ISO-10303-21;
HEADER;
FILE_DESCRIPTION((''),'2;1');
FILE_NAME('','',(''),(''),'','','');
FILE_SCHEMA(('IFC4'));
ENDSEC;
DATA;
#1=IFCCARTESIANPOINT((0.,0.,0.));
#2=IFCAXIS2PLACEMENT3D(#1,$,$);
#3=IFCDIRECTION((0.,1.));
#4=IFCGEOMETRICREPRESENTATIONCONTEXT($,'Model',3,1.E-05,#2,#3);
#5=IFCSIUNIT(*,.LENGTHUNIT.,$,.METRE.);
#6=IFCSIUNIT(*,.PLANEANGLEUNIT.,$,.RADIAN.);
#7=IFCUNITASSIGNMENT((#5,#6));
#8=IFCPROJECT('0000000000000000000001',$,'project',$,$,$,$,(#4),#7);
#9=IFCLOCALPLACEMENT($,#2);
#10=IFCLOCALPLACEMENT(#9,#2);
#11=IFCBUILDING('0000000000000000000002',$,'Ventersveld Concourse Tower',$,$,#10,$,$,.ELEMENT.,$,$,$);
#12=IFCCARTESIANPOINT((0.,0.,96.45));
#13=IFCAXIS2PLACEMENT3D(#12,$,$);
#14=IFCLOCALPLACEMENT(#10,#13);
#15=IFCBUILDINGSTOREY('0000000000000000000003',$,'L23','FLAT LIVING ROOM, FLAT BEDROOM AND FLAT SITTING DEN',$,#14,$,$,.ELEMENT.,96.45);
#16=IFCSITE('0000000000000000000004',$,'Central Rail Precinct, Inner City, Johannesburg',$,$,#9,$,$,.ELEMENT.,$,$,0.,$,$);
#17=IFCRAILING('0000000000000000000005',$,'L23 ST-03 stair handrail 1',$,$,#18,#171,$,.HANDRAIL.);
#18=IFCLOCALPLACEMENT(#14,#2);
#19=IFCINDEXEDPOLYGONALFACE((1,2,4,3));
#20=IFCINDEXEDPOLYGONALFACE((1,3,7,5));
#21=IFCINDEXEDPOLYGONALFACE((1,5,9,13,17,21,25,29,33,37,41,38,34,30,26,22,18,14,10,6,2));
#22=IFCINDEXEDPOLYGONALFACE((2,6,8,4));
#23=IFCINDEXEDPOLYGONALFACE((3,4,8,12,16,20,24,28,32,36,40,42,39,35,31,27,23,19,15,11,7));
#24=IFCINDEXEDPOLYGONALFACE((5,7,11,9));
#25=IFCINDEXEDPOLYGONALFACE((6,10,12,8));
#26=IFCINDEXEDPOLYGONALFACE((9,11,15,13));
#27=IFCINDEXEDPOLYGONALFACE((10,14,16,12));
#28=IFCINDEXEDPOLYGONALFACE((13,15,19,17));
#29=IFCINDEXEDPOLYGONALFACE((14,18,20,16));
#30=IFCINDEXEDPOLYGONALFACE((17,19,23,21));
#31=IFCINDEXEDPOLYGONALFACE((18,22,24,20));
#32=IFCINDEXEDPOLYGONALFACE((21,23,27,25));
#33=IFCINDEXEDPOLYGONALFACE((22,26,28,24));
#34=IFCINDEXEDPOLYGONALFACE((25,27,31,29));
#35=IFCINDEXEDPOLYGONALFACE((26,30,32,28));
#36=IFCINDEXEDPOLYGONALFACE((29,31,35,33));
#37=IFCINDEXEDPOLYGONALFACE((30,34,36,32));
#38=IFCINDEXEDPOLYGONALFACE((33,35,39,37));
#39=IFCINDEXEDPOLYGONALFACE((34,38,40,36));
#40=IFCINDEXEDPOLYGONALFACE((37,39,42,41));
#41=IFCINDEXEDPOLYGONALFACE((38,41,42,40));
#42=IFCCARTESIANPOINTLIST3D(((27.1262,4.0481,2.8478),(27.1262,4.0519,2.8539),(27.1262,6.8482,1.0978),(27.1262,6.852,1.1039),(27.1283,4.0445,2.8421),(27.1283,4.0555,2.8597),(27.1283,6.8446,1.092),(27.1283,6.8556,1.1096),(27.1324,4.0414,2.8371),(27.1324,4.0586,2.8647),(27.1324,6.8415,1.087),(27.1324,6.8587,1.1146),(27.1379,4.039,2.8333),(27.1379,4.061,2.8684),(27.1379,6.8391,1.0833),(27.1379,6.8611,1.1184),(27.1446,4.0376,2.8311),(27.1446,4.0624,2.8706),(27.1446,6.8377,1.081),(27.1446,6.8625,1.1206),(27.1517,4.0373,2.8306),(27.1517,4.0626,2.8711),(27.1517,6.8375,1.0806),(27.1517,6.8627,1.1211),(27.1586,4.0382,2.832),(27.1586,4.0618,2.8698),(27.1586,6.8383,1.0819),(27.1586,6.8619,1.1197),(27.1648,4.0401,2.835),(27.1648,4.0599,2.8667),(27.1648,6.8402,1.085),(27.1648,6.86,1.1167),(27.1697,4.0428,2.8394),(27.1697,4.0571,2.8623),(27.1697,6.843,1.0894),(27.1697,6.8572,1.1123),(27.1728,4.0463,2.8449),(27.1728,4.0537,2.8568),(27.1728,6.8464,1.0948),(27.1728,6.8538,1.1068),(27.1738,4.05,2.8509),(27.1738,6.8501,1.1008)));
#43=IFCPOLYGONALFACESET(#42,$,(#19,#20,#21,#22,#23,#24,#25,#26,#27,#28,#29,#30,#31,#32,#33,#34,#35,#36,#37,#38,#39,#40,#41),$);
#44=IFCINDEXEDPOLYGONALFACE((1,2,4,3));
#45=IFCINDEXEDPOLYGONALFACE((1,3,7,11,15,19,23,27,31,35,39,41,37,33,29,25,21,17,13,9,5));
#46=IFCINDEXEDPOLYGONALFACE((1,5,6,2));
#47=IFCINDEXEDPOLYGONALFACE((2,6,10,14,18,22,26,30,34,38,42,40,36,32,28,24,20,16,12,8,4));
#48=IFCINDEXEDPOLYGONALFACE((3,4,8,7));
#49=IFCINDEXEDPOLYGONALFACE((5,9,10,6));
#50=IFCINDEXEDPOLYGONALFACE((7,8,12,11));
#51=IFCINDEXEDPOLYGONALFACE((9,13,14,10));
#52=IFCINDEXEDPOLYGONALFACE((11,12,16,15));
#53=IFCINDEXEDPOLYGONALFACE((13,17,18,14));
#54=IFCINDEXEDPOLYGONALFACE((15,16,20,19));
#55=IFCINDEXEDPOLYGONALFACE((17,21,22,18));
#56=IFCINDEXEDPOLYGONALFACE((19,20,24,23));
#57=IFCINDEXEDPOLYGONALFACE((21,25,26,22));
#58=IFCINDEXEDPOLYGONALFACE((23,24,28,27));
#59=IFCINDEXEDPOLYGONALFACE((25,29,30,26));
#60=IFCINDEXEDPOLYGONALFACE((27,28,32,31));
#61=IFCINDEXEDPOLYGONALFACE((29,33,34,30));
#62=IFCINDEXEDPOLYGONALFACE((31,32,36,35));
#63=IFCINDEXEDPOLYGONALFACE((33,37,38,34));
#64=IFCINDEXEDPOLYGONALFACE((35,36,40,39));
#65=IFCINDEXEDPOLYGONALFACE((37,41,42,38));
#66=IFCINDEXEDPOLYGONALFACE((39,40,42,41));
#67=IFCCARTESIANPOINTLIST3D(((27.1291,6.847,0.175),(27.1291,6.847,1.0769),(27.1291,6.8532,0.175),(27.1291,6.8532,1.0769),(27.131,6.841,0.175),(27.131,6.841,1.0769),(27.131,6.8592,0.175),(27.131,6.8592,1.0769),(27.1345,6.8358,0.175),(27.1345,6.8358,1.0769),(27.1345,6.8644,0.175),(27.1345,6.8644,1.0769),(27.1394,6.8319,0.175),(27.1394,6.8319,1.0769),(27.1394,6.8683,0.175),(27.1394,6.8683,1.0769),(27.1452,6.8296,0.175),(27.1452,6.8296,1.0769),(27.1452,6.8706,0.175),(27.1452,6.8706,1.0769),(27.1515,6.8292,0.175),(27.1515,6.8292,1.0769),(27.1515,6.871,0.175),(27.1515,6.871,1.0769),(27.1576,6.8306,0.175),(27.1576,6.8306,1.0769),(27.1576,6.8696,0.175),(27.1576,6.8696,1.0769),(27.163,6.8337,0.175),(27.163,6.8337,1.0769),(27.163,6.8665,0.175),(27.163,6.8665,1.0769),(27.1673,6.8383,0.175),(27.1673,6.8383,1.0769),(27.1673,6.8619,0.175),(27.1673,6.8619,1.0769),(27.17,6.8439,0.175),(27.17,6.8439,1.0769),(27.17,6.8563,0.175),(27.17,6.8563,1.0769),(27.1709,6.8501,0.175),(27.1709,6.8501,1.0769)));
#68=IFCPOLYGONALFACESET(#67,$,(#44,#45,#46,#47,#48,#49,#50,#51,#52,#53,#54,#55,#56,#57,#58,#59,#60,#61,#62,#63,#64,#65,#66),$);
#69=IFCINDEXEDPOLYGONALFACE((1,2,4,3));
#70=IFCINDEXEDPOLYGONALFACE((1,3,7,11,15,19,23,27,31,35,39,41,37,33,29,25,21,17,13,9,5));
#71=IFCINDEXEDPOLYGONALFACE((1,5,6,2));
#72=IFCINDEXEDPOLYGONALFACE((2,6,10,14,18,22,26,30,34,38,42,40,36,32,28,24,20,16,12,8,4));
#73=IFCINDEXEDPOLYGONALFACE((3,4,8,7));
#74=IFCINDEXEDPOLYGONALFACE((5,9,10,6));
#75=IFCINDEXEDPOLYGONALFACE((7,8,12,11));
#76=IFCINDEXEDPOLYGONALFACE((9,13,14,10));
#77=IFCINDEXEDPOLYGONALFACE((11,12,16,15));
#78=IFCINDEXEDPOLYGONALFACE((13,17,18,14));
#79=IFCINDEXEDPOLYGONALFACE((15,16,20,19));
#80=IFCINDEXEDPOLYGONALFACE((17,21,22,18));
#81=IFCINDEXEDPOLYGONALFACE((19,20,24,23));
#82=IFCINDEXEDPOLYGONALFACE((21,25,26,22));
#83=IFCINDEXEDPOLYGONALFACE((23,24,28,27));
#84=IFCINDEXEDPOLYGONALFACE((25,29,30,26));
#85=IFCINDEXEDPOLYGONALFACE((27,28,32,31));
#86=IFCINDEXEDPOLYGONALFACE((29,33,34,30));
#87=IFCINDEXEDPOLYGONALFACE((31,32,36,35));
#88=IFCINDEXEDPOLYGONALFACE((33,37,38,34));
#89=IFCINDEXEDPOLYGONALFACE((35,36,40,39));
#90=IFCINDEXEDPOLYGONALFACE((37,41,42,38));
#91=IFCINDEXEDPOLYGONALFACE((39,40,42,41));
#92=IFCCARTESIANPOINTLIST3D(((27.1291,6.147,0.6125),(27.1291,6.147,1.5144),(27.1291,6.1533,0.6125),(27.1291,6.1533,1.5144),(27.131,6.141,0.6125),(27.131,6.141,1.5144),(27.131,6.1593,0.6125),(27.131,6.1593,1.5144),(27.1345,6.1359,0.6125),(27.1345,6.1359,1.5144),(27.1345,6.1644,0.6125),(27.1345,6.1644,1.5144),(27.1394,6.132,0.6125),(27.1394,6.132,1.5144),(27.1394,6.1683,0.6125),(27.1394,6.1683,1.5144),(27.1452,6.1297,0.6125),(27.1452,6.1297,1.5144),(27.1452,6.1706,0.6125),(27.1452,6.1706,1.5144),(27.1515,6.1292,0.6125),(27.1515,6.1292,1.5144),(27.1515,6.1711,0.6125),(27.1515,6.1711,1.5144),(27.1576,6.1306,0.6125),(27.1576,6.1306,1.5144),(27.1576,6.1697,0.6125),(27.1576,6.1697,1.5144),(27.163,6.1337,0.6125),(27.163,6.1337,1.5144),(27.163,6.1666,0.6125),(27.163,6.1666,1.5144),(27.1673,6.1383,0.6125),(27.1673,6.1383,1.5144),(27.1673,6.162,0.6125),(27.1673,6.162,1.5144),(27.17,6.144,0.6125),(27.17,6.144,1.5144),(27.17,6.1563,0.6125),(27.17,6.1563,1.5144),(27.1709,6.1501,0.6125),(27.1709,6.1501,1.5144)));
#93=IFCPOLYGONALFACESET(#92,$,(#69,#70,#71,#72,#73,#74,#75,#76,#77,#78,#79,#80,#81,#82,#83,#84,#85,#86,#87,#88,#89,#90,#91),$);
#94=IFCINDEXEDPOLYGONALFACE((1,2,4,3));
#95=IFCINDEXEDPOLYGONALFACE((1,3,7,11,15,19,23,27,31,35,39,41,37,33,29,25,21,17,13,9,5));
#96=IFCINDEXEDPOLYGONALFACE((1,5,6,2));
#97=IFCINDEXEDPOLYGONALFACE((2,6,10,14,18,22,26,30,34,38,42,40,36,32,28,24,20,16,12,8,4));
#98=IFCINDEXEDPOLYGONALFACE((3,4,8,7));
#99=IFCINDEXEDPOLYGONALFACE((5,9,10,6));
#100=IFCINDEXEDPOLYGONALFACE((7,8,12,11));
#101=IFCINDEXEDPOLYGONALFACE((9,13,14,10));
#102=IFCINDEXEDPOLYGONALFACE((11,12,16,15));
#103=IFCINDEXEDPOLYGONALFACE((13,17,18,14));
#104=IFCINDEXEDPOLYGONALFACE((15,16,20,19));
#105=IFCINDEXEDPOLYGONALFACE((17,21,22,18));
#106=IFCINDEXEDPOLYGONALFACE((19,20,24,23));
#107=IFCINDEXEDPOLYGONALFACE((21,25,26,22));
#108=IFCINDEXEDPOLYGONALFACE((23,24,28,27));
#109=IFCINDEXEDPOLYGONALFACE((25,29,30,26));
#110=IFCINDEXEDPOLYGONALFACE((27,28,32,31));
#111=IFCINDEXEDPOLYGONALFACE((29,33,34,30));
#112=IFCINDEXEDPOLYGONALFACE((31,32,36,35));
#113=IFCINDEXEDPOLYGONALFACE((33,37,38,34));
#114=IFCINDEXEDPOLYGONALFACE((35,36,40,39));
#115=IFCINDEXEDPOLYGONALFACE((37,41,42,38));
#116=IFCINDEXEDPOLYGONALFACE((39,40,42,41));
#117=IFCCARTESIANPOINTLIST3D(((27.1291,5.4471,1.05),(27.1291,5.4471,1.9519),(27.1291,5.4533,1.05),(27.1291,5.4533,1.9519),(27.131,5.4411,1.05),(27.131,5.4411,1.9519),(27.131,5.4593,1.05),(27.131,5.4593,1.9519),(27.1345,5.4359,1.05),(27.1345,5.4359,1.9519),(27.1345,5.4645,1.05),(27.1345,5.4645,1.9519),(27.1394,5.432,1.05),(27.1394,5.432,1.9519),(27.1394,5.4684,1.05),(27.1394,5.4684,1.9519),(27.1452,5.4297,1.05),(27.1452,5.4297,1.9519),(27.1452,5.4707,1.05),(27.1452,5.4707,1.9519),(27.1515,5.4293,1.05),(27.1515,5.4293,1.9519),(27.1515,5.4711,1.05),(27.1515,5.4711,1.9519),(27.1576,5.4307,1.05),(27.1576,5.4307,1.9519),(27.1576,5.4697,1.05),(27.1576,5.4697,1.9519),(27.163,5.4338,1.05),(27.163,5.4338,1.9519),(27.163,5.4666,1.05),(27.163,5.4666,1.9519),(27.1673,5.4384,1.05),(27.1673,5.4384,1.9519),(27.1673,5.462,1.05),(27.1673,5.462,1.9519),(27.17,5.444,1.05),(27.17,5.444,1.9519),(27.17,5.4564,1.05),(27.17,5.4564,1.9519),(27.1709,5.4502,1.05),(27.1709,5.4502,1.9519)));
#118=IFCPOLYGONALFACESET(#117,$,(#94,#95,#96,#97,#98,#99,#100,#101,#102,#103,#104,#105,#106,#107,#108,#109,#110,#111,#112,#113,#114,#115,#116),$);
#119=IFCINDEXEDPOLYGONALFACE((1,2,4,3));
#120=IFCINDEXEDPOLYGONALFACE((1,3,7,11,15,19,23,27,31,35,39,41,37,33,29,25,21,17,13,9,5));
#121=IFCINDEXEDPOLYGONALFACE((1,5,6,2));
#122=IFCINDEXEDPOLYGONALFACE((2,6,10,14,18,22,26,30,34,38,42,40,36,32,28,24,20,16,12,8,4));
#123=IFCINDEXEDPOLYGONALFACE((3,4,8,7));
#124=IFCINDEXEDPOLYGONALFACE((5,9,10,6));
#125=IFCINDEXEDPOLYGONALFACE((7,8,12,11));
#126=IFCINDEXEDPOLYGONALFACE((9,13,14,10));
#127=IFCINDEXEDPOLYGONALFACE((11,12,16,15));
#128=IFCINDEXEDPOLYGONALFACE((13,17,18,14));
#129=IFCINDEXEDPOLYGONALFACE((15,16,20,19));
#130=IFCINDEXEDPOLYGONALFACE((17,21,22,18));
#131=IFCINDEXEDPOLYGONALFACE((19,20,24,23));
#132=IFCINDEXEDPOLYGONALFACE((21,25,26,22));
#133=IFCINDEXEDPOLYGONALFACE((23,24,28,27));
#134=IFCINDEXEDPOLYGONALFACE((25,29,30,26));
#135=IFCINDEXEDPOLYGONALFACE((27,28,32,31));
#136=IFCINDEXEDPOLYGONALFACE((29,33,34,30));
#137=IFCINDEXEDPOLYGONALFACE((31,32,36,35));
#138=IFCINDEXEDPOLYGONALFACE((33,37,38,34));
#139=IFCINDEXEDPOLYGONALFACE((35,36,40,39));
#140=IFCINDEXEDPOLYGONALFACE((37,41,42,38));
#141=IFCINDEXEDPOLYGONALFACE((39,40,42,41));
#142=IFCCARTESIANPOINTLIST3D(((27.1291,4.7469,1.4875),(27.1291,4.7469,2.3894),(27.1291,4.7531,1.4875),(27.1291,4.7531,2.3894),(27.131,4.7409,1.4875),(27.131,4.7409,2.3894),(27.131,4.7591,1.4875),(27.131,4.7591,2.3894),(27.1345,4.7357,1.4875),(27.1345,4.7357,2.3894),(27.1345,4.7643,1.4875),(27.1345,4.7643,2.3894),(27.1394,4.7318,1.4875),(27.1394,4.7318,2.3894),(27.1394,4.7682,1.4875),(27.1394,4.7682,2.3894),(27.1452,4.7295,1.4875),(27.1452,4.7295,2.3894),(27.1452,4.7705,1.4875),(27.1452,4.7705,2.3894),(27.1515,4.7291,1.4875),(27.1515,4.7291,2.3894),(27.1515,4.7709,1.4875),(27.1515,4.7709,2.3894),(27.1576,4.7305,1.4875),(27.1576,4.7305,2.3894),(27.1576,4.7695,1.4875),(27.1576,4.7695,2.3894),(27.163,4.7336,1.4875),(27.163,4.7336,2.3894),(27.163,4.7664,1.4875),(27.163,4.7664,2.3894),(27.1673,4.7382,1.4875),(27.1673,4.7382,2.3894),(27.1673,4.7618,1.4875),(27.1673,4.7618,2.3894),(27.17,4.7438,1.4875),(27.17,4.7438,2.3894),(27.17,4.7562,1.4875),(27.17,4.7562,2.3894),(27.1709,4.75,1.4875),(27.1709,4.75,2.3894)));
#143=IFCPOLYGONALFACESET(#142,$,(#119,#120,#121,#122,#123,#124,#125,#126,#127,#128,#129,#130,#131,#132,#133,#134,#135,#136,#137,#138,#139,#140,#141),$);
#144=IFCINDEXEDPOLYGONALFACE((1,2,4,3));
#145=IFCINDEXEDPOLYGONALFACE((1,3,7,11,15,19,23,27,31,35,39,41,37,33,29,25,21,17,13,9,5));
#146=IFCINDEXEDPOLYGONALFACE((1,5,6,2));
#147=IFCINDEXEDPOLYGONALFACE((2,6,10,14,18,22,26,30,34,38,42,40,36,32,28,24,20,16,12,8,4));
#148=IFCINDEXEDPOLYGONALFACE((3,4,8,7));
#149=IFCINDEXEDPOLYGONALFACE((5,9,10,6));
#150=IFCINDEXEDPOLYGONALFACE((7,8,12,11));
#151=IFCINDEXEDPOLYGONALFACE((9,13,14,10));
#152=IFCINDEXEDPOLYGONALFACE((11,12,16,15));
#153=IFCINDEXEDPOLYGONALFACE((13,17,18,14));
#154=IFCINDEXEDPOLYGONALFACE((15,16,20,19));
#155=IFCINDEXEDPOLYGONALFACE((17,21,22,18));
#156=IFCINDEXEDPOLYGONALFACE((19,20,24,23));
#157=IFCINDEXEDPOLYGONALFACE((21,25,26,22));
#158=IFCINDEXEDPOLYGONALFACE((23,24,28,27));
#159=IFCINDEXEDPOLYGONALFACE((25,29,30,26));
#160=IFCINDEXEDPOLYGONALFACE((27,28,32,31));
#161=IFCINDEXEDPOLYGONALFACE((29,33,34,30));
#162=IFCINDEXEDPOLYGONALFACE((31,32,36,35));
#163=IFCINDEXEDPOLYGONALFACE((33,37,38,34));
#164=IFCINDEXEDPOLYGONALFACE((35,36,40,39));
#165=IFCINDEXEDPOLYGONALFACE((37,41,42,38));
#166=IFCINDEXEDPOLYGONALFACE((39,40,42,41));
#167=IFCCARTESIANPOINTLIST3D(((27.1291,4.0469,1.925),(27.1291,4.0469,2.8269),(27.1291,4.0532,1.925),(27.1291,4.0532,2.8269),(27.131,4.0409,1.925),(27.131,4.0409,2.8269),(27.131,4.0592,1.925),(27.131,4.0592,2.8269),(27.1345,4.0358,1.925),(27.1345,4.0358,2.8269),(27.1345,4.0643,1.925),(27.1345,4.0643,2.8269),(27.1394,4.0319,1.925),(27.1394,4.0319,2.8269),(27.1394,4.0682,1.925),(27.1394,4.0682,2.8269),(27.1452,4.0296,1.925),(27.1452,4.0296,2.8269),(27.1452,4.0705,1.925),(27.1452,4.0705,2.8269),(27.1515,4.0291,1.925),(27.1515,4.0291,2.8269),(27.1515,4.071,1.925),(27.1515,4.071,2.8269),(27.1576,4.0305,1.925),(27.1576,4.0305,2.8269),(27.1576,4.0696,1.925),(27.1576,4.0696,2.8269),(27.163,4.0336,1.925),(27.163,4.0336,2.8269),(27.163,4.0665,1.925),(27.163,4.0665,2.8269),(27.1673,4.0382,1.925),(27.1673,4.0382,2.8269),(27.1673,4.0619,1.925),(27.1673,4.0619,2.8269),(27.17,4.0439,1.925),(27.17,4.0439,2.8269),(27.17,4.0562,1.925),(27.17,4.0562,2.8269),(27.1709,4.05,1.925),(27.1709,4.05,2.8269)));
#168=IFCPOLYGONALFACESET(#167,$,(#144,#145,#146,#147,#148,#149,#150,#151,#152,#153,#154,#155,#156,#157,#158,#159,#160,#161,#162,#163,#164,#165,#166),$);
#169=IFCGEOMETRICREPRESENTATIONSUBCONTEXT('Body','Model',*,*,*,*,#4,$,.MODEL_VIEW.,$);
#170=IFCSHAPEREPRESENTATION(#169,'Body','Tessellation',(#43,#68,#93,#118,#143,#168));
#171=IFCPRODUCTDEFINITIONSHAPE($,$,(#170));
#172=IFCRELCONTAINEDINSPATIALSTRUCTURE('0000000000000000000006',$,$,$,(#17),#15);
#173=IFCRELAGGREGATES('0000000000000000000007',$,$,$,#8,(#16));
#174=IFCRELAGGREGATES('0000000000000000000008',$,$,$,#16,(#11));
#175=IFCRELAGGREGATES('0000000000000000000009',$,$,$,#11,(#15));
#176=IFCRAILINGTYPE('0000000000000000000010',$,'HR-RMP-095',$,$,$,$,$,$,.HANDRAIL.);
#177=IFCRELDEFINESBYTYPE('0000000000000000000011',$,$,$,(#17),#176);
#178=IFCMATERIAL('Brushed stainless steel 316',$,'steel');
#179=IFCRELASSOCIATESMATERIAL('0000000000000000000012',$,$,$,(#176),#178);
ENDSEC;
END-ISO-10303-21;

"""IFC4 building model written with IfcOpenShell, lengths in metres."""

from ifc_helpers import new_model, si_unit, direction, frame, origin, origin_2d, place, context, subcontext, project, spatial, circle, extrude, material, type_object, element, save


model = new_model("IFC4")

# Units and contexts
model_context = context("Model", 3, precision=1e-05, world=origin(), true_north=direction((0.0, 1.0)))
body_context = subcontext(model_context, "Body", "Model", "MODEL_VIEW")
ifc_project = project(units=[si_unit("LENGTHUNIT", "METRE"), si_unit("PLANEANGLEUNIT", "RADIAN")], contexts=[model_context])

# Site, building, storey
site_placement = place(None, origin())
site = spatial("IfcSite", under=ifc_project, at=site_placement, Name="Central Rail Precinct, Inner City, Johannesburg", CompositionType="ELEMENT", RefElevation=0.0)
building_placement = place(site_placement, origin())
building = spatial("IfcBuilding", under=site, at=building_placement, Name="Ventersveld Concourse Tower", CompositionType="ELEMENT")
storey_placement = place(building_placement, frame((0.0, 0.0, 96.45)))
storey = spatial("IfcBuildingStorey", under=building, at=storey_placement, Name="L23", Description="FLAT LIVING ROOM, FLAT BEDROOM AND FLAT SITTING DEN", CompositionType="ELEMENT", Elevation=96.45)

# Shared definitions
ifc_material_1 = material(Name="Brushed stainless steel 316", Category="steel")

# Railing
railing_type_1 = type_object("IfcRailingType", Name="HR-RMP-095", PredefinedType="HANDRAIL", material=ifc_material_1)
railing_1_placement = place(storey_placement, frame((27.1499, 6.8501, 0.175)))
element("IfcRailing", 1, at=railing_1_placement, inside=storey, type_object=railing_type_1, Name="L23 ST-03 stair handrail 1", PredefinedType="HANDRAIL", context=body_context, shape_type="SweptSolid", body=[
    extrude(circle(Radius=0.0239, at=origin_2d()), frame((0.0, 0.0, 0.9258), z_axis=(0.0, -0.848002, 0.529992), x_axis=(1.0, 0.0, 0.0)), (0.0, 0.0, 1.0), 3.302),
    extrude(circle(Radius=0.021, at=origin_2d()), origin(), (0.0, 0.0, 1.0), 0.9019),
    extrude(circle(Radius=0.021, at=origin_2d()), frame((0.0, -0.7, 0.4375)), (0.0, 0.0, 1.0), 0.9019),
    extrude(circle(Radius=0.021, at=origin_2d()), frame((0.0, -1.3999, 0.875)), (0.0, 0.0, 1.0), 0.9019),
    extrude(circle(Radius=0.021, at=origin_2d()), frame((0.0, -2.1001, 1.3125)), (0.0, 0.0, 1.0), 0.9019),
    extrude(circle(Radius=0.021, at=origin_2d()), frame((0.0, -2.8, 1.75)), (0.0, 0.0, 1.0), 0.9019),
])

save(model, "model.ifc")
